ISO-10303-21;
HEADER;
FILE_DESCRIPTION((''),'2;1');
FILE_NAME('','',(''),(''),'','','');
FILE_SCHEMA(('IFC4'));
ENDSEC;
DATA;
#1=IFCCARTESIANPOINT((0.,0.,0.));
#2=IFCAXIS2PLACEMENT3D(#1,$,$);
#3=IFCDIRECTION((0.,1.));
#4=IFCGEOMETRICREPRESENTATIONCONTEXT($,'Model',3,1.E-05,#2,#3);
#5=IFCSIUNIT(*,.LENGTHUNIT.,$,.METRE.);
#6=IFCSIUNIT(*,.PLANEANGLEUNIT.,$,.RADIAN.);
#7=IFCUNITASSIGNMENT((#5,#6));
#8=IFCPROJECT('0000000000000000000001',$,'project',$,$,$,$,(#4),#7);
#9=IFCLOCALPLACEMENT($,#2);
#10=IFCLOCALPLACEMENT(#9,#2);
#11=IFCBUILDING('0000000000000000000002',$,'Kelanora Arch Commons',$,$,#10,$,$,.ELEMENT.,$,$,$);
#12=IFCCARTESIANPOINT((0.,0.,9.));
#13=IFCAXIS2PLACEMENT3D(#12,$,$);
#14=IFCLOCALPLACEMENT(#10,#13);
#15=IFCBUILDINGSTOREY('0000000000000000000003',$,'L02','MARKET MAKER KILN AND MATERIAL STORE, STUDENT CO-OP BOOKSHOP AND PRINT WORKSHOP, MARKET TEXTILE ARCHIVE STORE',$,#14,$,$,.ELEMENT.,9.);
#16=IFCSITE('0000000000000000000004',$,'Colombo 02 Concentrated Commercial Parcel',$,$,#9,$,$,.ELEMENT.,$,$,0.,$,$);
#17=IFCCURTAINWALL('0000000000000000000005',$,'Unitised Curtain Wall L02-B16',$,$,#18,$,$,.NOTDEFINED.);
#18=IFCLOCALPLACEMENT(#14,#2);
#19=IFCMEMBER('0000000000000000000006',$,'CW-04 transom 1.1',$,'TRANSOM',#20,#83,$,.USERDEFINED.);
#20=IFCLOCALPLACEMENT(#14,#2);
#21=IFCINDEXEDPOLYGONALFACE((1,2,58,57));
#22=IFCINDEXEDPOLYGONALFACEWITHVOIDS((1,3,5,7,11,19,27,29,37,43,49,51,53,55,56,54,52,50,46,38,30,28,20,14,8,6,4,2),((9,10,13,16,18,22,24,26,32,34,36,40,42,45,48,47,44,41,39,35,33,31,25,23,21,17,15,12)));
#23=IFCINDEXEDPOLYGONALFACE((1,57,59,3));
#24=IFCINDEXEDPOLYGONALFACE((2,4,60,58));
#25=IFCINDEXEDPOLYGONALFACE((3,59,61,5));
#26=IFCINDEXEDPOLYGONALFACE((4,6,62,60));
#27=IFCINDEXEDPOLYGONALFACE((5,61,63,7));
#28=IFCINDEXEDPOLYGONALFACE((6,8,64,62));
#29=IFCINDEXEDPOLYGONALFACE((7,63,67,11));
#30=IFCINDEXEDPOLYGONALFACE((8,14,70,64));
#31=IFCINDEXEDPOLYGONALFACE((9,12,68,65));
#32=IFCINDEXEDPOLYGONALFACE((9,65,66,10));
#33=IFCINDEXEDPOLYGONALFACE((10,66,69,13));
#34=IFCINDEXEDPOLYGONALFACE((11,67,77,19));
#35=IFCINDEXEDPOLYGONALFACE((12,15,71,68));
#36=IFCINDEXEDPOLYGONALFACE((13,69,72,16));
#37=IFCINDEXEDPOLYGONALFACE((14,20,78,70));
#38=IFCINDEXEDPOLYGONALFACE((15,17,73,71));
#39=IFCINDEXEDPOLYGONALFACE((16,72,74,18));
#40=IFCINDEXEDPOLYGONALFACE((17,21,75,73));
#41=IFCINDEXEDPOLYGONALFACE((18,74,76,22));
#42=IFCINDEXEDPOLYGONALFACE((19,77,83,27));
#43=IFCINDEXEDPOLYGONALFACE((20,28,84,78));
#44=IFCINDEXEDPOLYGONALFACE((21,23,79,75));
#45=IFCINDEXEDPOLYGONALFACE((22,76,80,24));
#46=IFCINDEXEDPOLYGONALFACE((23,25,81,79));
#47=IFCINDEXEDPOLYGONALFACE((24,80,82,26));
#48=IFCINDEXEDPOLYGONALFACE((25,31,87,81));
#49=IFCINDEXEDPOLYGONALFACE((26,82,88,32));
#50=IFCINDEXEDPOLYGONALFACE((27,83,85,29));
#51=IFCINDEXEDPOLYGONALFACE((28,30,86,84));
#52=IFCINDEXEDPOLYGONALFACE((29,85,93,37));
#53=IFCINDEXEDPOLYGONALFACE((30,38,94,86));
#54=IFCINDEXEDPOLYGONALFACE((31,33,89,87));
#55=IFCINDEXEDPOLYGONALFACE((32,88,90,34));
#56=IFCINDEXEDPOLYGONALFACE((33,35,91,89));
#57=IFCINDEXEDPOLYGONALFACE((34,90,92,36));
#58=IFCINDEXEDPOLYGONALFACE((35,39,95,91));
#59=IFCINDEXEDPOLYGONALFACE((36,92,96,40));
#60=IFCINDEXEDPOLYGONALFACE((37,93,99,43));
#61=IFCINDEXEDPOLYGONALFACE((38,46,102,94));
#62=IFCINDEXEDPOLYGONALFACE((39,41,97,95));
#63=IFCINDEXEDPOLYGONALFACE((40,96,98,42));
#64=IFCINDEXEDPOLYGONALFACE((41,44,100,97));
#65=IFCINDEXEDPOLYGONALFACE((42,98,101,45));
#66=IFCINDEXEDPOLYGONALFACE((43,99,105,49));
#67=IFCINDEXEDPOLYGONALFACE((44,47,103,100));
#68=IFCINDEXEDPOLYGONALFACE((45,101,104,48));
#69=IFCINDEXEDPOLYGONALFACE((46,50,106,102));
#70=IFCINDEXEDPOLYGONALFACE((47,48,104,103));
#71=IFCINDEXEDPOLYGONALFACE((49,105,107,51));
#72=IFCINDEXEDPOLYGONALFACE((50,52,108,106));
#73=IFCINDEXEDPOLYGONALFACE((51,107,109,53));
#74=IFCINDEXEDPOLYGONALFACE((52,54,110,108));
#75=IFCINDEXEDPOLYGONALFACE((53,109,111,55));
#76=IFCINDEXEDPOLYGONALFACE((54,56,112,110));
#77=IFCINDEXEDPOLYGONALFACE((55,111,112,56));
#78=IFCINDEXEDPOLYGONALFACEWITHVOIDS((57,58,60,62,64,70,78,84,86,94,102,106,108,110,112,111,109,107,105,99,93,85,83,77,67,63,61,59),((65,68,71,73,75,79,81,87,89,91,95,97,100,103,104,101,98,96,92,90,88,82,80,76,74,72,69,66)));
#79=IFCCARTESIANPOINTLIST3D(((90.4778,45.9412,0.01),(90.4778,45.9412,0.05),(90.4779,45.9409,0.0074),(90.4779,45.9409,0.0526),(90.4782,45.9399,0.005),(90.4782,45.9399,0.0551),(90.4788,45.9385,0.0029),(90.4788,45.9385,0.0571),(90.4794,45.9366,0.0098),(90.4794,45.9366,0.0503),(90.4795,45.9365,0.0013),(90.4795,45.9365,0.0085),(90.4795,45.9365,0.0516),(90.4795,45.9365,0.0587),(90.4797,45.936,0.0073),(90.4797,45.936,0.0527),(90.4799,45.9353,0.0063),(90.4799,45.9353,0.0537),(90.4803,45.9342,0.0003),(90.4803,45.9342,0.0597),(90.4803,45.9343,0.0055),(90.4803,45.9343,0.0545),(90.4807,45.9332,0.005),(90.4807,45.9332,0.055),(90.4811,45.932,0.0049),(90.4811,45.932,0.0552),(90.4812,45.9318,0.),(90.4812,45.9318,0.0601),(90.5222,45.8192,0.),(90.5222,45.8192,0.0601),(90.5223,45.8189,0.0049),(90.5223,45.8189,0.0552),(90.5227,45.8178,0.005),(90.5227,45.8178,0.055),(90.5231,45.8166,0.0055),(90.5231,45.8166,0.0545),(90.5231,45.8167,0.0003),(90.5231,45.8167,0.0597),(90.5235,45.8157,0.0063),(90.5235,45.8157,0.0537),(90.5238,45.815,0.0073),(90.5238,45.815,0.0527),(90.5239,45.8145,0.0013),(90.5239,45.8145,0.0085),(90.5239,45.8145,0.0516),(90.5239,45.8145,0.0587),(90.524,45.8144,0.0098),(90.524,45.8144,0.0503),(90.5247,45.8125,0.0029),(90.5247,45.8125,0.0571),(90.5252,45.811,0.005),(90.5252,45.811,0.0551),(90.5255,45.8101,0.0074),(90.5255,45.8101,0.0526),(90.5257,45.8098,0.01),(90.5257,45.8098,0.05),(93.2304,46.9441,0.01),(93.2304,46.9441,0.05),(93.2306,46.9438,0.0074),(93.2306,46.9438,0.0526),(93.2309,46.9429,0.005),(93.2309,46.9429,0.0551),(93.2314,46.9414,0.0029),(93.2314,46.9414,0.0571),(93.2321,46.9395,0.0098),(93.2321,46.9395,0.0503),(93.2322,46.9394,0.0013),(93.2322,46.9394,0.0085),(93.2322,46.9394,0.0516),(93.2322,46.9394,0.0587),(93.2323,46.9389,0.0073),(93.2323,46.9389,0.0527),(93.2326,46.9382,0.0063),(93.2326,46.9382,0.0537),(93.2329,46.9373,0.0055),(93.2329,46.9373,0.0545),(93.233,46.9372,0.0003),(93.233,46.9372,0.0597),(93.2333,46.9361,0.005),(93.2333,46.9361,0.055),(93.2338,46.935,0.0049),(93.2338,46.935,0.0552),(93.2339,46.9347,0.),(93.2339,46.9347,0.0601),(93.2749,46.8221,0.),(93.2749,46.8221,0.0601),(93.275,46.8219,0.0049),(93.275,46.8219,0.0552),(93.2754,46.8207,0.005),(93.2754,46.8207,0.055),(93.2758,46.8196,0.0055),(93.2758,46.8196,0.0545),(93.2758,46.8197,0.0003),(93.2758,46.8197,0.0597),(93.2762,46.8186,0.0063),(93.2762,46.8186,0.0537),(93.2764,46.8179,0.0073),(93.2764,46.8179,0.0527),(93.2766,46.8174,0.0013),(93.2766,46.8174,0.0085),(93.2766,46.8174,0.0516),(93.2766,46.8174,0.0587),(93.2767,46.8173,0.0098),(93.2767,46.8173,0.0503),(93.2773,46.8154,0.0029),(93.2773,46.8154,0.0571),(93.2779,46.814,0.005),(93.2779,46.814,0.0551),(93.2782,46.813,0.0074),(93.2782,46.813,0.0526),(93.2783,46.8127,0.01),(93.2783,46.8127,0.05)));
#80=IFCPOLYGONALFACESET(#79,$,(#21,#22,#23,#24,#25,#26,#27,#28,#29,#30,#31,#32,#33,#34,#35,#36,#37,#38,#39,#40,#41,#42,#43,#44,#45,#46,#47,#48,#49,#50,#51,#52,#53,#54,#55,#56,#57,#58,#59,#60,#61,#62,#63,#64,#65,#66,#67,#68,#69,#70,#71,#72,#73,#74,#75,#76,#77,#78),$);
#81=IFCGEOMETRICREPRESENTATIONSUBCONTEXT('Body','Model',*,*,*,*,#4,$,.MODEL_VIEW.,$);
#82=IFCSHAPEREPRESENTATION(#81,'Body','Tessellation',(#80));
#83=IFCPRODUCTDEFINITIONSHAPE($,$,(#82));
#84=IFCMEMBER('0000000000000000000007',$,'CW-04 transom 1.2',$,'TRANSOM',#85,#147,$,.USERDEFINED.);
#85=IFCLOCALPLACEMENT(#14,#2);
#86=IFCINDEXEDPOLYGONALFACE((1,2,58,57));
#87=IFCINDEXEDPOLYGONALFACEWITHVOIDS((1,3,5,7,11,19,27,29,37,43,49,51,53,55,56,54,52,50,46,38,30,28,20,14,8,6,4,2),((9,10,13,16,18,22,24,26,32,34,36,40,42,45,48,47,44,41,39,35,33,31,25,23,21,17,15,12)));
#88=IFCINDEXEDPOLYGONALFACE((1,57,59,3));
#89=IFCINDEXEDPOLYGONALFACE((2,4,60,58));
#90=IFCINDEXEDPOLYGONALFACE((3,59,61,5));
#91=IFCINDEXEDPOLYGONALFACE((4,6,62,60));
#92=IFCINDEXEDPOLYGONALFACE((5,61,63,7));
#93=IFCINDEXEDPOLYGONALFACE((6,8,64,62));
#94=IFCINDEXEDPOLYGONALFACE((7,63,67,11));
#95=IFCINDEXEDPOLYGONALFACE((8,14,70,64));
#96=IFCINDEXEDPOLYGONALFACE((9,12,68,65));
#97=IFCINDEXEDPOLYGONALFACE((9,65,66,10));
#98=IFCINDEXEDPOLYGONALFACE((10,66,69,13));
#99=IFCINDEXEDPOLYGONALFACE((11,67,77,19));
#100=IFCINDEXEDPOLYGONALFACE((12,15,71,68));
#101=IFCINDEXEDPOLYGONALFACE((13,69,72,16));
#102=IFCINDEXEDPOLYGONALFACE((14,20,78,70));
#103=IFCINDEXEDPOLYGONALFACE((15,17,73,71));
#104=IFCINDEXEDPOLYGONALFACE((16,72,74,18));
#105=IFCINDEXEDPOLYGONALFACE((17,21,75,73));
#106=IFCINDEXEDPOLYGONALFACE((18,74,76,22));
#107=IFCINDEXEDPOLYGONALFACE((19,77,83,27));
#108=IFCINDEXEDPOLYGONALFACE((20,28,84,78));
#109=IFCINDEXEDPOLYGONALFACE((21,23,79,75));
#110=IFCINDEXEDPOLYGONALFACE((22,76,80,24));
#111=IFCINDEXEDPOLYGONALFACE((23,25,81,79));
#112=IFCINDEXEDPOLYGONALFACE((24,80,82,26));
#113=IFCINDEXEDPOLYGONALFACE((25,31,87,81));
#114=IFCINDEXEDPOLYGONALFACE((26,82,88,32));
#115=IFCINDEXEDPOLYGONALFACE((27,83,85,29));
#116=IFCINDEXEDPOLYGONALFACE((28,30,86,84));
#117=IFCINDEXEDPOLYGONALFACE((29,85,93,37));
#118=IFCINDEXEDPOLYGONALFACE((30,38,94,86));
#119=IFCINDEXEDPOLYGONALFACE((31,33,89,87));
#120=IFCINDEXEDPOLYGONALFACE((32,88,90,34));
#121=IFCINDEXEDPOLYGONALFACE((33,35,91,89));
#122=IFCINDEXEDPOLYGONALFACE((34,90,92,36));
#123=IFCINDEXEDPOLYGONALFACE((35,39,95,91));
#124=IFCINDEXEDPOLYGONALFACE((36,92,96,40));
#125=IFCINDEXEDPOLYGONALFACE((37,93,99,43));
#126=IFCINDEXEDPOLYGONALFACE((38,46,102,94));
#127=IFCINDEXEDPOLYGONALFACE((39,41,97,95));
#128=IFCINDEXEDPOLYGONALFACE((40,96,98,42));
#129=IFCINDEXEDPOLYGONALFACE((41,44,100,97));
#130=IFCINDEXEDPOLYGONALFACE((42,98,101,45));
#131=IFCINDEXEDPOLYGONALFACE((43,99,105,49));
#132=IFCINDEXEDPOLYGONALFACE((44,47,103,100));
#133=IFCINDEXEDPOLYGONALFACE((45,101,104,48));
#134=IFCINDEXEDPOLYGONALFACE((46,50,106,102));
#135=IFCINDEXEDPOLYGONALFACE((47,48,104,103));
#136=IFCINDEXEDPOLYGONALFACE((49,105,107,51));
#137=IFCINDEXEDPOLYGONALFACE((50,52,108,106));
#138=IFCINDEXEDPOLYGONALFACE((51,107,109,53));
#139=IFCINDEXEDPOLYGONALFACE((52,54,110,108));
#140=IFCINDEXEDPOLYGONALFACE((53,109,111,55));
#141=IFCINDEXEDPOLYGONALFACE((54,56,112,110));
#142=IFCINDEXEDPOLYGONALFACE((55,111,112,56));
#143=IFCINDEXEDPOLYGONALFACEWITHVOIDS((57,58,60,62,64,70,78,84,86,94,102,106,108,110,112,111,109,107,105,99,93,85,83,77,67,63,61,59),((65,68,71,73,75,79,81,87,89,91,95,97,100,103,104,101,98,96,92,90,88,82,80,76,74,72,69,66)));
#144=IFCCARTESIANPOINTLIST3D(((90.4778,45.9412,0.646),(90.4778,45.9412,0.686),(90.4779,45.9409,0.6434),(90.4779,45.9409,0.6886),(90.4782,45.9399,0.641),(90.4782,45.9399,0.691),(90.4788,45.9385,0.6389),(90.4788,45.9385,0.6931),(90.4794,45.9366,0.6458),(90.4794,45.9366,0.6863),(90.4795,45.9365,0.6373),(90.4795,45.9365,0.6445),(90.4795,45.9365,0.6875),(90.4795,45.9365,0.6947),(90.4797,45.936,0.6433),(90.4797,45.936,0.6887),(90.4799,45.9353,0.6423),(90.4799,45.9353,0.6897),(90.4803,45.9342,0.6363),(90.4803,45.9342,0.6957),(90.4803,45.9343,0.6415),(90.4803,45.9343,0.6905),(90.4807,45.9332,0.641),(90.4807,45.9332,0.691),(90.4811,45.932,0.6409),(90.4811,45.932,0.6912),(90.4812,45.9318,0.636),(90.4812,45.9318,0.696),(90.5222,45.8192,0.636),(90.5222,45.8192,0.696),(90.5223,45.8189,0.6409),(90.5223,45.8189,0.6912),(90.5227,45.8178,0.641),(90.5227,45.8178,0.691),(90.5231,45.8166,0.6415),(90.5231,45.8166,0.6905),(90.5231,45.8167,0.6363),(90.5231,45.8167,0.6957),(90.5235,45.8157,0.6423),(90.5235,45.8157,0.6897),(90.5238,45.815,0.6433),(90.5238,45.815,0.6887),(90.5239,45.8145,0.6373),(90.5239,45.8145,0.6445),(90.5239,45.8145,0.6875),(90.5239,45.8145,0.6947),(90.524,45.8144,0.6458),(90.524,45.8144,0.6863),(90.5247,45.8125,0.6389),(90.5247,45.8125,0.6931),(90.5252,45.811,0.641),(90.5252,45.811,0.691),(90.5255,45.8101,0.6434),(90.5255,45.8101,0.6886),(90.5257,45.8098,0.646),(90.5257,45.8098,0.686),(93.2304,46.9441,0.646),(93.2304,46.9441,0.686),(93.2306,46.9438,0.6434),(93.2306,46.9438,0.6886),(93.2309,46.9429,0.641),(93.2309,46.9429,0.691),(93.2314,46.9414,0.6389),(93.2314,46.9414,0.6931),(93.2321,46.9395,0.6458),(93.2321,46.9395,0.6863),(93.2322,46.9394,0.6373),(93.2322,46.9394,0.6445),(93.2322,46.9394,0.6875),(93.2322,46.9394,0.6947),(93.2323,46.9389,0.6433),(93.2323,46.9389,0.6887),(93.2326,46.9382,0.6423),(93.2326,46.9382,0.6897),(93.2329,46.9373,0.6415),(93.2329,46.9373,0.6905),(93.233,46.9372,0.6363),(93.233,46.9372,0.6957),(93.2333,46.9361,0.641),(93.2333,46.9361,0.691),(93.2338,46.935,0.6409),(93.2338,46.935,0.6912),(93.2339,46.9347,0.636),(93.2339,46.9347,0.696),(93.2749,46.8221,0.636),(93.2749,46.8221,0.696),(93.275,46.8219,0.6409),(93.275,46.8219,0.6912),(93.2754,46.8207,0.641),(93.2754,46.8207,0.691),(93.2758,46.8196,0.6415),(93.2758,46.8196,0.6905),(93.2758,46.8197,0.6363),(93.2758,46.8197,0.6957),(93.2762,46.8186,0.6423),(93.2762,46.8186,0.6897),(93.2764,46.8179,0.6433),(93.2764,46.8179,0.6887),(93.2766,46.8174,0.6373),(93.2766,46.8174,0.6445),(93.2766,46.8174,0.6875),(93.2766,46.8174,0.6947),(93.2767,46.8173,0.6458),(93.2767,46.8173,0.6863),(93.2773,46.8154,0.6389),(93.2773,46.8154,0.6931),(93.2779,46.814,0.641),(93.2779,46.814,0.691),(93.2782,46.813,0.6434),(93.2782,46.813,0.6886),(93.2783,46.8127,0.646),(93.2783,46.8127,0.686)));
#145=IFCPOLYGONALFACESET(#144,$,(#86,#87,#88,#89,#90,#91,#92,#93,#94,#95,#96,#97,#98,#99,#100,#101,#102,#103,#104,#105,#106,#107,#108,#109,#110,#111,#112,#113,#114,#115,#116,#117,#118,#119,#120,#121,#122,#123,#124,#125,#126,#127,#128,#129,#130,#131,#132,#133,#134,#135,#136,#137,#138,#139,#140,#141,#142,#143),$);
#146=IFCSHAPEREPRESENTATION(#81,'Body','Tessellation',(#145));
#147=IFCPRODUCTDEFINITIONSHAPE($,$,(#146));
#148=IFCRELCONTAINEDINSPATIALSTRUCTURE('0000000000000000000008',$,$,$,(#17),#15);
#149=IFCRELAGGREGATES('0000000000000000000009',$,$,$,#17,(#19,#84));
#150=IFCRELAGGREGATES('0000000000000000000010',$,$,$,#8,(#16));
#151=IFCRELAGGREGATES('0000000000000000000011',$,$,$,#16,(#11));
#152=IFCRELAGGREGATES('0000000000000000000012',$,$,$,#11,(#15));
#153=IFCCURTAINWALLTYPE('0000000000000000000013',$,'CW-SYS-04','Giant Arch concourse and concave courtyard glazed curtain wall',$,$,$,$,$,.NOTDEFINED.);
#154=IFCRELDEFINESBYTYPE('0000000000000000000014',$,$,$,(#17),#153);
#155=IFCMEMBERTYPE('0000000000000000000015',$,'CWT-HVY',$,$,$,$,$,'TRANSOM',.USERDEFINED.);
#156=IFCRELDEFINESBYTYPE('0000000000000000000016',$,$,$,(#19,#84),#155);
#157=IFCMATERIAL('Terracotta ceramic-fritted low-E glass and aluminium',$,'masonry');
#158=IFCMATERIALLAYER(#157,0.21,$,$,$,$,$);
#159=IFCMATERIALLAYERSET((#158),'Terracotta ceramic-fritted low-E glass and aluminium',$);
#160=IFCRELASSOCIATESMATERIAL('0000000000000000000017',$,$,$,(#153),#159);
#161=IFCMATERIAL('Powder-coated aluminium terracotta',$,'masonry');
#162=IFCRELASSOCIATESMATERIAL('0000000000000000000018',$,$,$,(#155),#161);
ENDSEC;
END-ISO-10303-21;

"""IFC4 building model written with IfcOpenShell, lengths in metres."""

from ifc_helpers import new_model, si_unit, direction, frame, origin, origin_2d, place, context, subcontext, project, spatial, hollow_rectangle, extrude, material, layer, layer_set, material_profile, profile_set, type_object, element, aggregate, save


model = new_model("IFC4")

# Units and contexts
model_context = context("Model", 3, precision=1e-05, world=origin(), true_north=direction((0.0, 1.0)))
body_context = subcontext(model_context, "Body", "Model", "MODEL_VIEW")
ifc_project = project(units=[si_unit("LENGTHUNIT", "METRE"), si_unit("PLANEANGLEUNIT", "RADIAN")], contexts=[model_context])

# Site, building, storey
site_placement = place(None, origin())
site = spatial("IfcSite", under=ifc_project, at=site_placement, Name="Colombo 02 Concentrated Commercial Parcel", CompositionType="ELEMENT", RefElevation=0.0)
building_placement = place(site_placement, origin())
building = spatial("IfcBuilding", under=site, at=building_placement, Name="Kelanora Arch Commons", CompositionType="ELEMENT")
storey_placement = place(building_placement, frame((0.0, 0.0, 9.0)))
storey = spatial("IfcBuildingStorey", under=building, at=storey_placement, Name="L02", Description="MARKET MAKER KILN AND MATERIAL STORE, STUDENT CO-OP BOOKSHOP AND PRINT WORKSHOP, MARKET TEXTILE ARCHIVE STORE", CompositionType="ELEMENT", Elevation=9.0)

# Curtain wall, members
ifc_material_1 = material(Name="Terracotta ceramic-fritted low-E glass and aluminium", Category="masonry")
ifc_layer_1 = layer(ifc_material_1, 0.21)
ifc_layer_set_1 = layer_set([ifc_layer_1], Name="Terracotta ceramic-fritted low-E glass and aluminium")
curtain_wall_type = type_object("IfcCurtainWallType", Name="CW-SYS-04", Description="Giant Arch concourse and concave courtyard glazed curtain wall", PredefinedType="NOTDEFINED", material=ifc_layer_set_1)
curtain_wall_placement = place(storey_placement, origin())
curtain_wall = element("IfcCurtainWall", 1, at=curtain_wall_placement, inside=storey, type_object=curtain_wall_type, Name="Unitised Curtain Wall L02-B16", PredefinedType="NOTDEFINED")
ifc_material_2 = material(Name="Powder-coated aluminium terracotta", Category="masonry")
ifc_material_profile_1 = material_profile(ifc_material_2, hollow_rectangle(XDim=0.1399, YDim=0.0601, WallThickness=0.0049, InnerFilletRadius=0.0049, OuterFilletRadius=0.01, at=origin_2d()), Name="CWT140x60")
ifc_profile_set_1 = profile_set([ifc_material_profile_1], Name="Powder-coated aluminium terracotta")
member_type_1 = type_object("IfcMemberType", Name="CWT-HVY", ElementType="TRANSOM", PredefinedType="USERDEFINED", material=ifc_profile_set_1)
member_1_placement = place(storey_placement, frame((90.5017, 45.8755, 0.03), z_axis=(0.939579, 0.342332, 0.0), x_axis=(-0.342332, 0.939579, 0.0)))
member_1 = element("IfcMember", 2, at=member_1_placement, type_object=member_type_1, Name="CW-04 transom 1.1", ObjectType="TRANSOM", PredefinedType="USERDEFINED", context=body_context, shape_type="SweptSolid", body=[
    extrude(hollow_rectangle(XDim=0.1399, YDim=0.0601, WallThickness=0.0049, InnerFilletRadius=0.0049, OuterFilletRadius=0.01, at=origin_2d()), origin(), (0.0, 0.0, 1.0), 2.9297),
])
member_2_placement = place(storey_placement, frame((90.5017, 45.8755, 0.666), z_axis=(0.939579, 0.342332, 0.0), x_axis=(-0.342332, 0.939579, 0.0)))
member_2 = element("IfcMember", 3, at=member_2_placement, type_object=member_type_1, Name="CW-04 transom 1.2", ObjectType="TRANSOM", PredefinedType="USERDEFINED", context=body_context, shape_type="SweptSolid", body=[
    extrude(hollow_rectangle(XDim=0.1399, YDim=0.0601, WallThickness=0.0049, InnerFilletRadius=0.0049, OuterFilletRadius=0.01, at=origin_2d()), origin(), (0.0, 0.0, 1.0), 2.9297),
])
aggregate(curtain_wall, [member_1, member_2])

save(model, "model.ifc")
